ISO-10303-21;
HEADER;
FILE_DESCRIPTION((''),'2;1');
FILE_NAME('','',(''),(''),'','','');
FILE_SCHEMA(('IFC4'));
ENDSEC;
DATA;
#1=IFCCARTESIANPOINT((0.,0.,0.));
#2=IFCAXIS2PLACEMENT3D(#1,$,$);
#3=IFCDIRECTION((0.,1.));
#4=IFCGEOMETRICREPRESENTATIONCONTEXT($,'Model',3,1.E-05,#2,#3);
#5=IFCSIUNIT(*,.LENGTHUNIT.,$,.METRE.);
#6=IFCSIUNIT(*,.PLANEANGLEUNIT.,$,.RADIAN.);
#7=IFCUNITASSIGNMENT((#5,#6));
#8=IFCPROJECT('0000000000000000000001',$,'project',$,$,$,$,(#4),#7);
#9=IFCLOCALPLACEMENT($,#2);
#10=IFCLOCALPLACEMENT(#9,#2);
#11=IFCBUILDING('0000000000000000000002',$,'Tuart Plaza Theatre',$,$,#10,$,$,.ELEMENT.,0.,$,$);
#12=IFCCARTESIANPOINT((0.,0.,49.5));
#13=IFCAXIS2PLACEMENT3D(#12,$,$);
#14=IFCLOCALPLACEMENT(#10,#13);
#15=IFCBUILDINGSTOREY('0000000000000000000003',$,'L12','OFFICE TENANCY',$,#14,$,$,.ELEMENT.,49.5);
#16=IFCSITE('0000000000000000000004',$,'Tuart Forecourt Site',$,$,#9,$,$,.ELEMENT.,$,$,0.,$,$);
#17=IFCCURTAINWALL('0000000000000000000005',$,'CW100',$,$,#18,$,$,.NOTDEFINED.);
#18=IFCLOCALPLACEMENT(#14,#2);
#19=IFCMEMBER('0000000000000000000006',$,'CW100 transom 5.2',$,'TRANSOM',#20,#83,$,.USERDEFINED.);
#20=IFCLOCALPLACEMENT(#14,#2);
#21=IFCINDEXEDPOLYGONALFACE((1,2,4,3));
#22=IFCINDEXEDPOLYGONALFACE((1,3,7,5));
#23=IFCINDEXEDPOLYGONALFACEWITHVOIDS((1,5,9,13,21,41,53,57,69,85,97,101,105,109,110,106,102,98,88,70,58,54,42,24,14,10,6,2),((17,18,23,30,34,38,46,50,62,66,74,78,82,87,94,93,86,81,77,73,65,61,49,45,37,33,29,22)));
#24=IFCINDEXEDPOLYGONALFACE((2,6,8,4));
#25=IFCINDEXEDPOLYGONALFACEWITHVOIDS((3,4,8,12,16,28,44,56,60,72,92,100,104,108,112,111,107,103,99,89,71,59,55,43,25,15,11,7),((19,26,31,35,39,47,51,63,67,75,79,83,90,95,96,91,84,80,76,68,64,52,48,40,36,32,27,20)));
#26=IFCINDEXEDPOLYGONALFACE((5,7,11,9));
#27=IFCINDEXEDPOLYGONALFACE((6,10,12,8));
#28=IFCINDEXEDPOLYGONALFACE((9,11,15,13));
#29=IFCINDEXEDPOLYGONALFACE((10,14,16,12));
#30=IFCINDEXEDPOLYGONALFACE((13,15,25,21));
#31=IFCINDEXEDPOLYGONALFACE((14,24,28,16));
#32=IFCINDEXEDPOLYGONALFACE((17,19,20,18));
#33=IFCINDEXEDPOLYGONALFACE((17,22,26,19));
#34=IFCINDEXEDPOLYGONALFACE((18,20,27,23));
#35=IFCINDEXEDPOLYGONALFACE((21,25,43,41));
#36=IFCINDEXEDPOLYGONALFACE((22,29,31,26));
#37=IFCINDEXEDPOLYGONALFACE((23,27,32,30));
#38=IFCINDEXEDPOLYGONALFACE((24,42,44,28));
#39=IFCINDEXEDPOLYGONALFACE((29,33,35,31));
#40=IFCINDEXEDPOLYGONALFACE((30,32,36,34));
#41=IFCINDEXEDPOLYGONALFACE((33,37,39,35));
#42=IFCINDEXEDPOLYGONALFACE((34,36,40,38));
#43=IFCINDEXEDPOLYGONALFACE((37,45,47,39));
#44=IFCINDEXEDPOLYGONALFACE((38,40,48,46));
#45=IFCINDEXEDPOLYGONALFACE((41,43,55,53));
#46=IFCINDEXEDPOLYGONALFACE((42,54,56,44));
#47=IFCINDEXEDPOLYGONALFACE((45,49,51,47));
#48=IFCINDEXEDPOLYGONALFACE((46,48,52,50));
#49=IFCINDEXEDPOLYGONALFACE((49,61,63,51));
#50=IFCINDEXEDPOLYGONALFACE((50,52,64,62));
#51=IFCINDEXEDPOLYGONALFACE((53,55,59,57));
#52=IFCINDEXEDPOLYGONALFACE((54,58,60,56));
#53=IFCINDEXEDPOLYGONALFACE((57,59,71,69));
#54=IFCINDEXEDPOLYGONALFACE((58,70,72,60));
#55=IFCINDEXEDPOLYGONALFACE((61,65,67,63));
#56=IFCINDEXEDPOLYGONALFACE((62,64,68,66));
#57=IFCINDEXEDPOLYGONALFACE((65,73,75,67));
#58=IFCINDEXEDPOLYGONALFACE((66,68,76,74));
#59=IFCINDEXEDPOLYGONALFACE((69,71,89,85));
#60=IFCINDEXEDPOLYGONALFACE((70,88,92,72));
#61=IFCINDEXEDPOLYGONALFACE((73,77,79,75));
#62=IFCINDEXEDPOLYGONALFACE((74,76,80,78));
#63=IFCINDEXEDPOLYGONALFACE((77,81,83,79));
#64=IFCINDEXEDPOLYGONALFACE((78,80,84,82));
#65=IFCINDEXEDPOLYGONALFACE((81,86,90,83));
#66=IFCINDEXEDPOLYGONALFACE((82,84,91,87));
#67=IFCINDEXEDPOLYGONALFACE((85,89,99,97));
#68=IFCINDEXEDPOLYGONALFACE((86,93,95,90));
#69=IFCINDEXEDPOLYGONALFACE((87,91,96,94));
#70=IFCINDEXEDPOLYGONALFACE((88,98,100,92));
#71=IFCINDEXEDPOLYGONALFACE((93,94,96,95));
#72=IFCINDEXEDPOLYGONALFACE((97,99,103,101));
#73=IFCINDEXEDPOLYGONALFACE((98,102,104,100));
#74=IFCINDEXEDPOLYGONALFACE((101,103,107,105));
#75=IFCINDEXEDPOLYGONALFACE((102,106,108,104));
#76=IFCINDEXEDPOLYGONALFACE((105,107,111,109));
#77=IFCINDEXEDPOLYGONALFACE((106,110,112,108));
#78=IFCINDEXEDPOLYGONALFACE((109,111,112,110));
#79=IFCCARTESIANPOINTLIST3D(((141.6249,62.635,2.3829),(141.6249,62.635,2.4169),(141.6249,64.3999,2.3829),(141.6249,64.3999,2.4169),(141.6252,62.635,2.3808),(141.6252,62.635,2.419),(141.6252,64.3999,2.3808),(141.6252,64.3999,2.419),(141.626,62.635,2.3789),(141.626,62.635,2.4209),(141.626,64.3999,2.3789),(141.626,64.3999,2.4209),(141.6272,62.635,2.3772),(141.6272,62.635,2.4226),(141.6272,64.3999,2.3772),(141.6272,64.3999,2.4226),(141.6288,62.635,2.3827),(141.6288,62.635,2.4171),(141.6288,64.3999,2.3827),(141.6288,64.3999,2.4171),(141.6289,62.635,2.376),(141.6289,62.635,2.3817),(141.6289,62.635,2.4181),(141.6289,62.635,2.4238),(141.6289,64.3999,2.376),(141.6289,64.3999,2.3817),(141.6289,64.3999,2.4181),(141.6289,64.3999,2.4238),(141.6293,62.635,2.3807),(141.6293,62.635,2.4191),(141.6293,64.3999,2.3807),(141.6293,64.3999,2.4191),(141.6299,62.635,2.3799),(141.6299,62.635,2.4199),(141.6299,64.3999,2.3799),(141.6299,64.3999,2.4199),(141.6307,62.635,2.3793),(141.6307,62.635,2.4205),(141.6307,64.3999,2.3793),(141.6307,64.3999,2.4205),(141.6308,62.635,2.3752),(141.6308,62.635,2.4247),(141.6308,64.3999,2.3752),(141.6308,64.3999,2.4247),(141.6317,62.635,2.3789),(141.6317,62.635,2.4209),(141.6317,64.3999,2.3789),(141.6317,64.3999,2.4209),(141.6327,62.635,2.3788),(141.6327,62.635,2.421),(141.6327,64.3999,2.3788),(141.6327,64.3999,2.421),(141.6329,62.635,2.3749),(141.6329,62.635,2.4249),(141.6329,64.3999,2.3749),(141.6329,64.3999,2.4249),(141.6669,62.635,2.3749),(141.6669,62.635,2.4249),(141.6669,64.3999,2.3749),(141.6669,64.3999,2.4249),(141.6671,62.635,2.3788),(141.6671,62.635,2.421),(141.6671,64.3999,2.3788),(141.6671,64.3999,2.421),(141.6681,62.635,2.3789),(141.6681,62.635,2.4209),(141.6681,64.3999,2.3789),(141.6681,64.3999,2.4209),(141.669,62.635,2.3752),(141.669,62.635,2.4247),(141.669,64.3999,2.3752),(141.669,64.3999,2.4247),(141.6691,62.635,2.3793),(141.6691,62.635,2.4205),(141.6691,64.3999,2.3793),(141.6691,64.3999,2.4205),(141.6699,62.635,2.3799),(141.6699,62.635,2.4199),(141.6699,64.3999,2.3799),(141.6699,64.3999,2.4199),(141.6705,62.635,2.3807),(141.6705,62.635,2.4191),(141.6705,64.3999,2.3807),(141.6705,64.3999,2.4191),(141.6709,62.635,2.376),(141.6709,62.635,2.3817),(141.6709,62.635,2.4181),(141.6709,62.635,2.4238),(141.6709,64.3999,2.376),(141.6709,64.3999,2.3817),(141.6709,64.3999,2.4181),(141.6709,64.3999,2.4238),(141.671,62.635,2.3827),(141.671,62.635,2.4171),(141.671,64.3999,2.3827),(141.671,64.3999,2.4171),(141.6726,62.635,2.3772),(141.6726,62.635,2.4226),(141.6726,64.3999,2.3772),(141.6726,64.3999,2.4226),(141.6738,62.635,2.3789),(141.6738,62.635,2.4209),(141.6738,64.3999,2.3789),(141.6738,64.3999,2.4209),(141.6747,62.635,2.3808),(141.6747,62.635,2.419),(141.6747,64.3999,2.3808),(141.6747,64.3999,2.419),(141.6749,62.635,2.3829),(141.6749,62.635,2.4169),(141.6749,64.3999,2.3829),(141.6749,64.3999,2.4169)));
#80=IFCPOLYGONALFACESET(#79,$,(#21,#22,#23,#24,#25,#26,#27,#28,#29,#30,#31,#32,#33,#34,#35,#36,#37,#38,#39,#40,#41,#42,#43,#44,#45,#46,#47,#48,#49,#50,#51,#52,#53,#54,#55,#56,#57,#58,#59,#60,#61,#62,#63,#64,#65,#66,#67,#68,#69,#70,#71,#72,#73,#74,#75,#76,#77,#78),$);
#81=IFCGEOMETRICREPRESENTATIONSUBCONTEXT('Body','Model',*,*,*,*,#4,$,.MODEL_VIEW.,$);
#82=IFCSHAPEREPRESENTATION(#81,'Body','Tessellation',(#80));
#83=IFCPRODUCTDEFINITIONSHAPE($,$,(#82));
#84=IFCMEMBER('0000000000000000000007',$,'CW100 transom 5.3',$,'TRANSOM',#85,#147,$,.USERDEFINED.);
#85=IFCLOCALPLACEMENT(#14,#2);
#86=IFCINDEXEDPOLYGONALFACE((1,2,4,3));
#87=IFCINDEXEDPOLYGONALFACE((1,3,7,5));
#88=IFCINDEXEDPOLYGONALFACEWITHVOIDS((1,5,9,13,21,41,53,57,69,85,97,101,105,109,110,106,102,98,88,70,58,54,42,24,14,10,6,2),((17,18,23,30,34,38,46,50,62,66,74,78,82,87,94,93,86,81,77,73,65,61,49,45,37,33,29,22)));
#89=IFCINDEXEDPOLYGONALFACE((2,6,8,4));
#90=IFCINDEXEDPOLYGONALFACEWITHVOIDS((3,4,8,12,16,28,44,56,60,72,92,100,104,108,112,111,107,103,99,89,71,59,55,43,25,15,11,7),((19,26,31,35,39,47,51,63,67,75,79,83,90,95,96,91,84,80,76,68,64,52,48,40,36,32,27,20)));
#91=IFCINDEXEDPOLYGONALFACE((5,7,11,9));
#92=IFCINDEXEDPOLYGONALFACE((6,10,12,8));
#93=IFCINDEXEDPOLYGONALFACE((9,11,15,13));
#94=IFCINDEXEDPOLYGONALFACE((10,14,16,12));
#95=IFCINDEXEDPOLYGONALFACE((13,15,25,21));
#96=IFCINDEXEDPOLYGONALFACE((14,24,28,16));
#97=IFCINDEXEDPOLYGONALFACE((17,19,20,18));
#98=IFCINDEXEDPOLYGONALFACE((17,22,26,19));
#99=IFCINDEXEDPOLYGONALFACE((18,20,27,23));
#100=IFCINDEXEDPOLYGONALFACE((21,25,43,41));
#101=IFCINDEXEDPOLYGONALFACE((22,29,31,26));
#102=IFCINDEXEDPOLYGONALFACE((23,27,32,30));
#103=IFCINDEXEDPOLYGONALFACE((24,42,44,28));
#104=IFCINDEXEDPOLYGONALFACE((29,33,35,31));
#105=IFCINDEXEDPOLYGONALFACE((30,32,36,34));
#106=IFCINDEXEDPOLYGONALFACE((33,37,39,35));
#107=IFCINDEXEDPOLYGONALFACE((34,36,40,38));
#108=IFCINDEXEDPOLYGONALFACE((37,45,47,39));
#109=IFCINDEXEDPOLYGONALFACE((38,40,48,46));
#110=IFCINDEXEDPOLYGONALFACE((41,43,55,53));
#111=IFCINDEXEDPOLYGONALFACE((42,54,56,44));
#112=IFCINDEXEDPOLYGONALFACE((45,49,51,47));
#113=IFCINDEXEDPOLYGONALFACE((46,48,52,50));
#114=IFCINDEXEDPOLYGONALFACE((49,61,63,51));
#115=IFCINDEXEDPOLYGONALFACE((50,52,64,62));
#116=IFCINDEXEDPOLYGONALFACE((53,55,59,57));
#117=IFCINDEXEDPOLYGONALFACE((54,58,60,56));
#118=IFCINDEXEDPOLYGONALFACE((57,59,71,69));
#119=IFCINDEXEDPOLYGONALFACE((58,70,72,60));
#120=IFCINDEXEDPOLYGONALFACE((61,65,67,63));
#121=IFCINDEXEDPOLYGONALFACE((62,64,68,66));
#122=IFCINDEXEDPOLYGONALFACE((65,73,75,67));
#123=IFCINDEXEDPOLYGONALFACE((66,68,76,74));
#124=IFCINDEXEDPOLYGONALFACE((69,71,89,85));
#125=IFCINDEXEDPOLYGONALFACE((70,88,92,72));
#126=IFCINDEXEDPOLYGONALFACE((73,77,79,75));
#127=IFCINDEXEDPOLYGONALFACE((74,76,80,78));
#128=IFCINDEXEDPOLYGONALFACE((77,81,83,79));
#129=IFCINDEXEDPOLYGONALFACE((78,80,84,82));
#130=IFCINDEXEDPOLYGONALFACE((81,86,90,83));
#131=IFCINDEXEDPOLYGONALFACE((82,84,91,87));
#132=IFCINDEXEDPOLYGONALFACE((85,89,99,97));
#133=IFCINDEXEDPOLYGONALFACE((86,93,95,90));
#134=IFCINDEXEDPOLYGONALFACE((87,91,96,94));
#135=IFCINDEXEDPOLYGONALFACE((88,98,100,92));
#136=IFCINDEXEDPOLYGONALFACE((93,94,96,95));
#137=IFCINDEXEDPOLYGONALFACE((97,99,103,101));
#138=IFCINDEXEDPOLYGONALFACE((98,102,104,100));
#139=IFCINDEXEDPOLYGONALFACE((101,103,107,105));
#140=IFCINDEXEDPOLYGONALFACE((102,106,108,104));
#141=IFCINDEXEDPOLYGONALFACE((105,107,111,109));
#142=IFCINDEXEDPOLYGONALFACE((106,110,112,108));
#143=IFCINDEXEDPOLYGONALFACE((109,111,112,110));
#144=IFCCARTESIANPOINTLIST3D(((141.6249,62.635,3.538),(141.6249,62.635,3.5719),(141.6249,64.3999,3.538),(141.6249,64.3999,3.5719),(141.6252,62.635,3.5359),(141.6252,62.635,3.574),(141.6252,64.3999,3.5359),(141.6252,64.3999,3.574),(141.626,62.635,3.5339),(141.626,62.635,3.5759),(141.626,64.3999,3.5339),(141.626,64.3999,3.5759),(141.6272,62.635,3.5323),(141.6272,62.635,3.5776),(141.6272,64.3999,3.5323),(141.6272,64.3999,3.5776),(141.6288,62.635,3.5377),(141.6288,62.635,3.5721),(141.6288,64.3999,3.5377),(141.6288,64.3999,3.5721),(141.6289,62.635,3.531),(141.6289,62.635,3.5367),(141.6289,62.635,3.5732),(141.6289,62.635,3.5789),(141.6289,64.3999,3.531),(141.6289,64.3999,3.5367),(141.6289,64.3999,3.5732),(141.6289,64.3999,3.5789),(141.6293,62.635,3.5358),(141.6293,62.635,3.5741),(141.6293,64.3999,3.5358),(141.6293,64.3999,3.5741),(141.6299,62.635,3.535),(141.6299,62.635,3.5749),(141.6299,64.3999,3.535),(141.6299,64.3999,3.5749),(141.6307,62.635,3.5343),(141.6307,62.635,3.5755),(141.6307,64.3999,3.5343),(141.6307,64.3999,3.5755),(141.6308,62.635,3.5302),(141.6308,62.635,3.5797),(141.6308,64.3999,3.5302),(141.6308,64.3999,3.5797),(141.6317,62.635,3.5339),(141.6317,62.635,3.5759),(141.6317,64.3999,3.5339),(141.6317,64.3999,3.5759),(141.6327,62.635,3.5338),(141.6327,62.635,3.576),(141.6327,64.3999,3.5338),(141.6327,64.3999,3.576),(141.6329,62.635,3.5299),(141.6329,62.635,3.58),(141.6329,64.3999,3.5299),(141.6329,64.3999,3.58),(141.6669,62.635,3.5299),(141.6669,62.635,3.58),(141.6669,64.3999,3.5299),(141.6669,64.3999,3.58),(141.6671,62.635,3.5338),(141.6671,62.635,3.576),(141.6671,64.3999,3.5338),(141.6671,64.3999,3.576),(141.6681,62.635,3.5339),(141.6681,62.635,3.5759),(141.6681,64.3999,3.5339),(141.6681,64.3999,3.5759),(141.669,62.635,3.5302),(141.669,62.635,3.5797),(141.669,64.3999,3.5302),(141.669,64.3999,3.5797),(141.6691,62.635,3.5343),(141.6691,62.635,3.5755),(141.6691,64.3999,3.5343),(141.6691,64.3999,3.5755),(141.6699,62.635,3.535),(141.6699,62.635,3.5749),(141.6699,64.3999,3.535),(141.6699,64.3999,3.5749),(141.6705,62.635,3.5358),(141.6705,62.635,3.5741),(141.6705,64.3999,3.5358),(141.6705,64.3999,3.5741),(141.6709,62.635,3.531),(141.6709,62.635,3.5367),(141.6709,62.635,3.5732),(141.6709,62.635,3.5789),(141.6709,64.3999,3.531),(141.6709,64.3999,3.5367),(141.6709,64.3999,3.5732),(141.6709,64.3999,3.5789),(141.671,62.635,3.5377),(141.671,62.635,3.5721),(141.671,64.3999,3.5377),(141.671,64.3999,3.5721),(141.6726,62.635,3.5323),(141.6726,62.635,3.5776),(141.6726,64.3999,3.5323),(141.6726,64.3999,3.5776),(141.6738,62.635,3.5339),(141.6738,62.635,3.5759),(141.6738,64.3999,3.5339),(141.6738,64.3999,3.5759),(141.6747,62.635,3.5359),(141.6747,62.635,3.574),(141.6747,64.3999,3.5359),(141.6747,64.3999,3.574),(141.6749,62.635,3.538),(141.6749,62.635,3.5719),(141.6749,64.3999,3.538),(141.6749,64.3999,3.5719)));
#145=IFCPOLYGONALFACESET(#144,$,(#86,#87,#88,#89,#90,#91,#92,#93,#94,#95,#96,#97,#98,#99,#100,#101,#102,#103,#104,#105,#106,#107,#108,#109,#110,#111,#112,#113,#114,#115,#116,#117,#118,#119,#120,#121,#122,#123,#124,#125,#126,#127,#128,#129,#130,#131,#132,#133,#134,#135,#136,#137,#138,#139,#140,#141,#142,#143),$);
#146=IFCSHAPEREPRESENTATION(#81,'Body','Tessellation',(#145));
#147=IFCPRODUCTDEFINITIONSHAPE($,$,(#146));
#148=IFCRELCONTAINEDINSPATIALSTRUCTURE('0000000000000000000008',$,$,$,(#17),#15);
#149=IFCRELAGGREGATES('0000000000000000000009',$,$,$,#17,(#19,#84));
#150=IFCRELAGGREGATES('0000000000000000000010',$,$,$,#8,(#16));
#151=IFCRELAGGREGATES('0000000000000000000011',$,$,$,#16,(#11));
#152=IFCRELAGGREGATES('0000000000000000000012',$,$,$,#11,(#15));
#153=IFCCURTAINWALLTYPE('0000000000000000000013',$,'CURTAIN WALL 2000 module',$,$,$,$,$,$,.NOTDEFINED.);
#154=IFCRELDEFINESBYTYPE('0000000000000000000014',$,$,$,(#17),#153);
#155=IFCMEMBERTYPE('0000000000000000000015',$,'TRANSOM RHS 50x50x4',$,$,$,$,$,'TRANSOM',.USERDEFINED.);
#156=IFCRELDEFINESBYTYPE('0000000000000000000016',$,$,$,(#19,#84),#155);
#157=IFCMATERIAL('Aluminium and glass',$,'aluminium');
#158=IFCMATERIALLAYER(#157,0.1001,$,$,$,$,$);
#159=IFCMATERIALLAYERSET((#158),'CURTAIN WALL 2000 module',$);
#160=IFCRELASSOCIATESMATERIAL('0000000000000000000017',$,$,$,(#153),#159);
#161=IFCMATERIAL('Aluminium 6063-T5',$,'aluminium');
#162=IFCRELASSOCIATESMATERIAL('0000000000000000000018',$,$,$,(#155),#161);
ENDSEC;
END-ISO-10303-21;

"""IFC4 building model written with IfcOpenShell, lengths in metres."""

from ifc_helpers import new_model, si_unit, direction, frame, origin, origin_2d, place, context, subcontext, project, spatial, hollow_rectangle, extrude, material, layer, layer_set, material_profile, profile_set, type_object, element, aggregate, save


model = new_model("IFC4")

# Units and contexts
model_context = context("Model", 3, precision=1e-05, world=origin(), true_north=direction((0.0, 1.0)))
body_context = subcontext(model_context, "Body", "Model", "MODEL_VIEW")
ifc_project = project(units=[si_unit("LENGTHUNIT", "METRE"), si_unit("PLANEANGLEUNIT", "RADIAN")], contexts=[model_context])

# Site, building, storey
site_placement = place(None, origin())
site = spatial("IfcSite", under=ifc_project, at=site_placement, Name="Tuart Forecourt Site", CompositionType="ELEMENT", RefElevation=0.0)
building_placement = place(site_placement, origin())
building = spatial("IfcBuilding", under=site, at=building_placement, Name="Tuart Plaza Theatre", CompositionType="ELEMENT", ElevationOfRefHeight=0.0)
storey_placement = place(building_placement, frame((0.0, 0.0, 49.5)))
storey = spatial("IfcBuildingStorey", under=building, at=storey_placement, Name="L12", Description="OFFICE TENANCY", CompositionType="ELEMENT", Elevation=49.5)

# Curtain wall
ifc_material_1 = material(Name="Aluminium and glass", Category="aluminium")
ifc_layer_1 = layer(ifc_material_1, 0.1001)
ifc_layer_set_1 = layer_set([ifc_layer_1], Name="CURTAIN WALL 2000 module")
curtain_wall_type = type_object("IfcCurtainWallType", Name="CURTAIN WALL 2000 module", PredefinedType="NOTDEFINED", material=ifc_layer_set_1)
curtain_wall_1_placement = place(storey_placement, origin())
curtain_wall_1 = element("IfcCurtainWall", 1, at=curtain_wall_1_placement, inside=storey, type_object=curtain_wall_type, Name="CW100", PredefinedType="NOTDEFINED")

# Members
ifc_material_2 = material(Name="Aluminium 6063-T5", Category="aluminium")
ifc_material_profile_1 = material_profile(ifc_material_2, hollow_rectangle(XDim=0.05, YDim=0.05, WallThickness=0.0039, InnerFilletRadius=0.0039, OuterFilletRadius=0.0081, at=origin_2d()), Name="RHS 50x50x4")
ifc_profile_set_1 = profile_set([ifc_material_profile_1], Name="Aluminium 6063-T5")
member_type_1 = type_object("IfcMemberType", Name="TRANSOM RHS 50x50x4", ElementType="TRANSOM", PredefinedType="USERDEFINED", material=ifc_profile_set_1)
member_1_placement = place(storey_placement, frame((141.6499, 62.635, 2.3999), z_axis=(0.0, 1.0, 0.0), x_axis=(-1.0, 0.0, 0.0)))
member_1 = element("IfcMember", 2, at=member_1_placement, type_object=member_type_1, Name="CW100 transom 5.2", ObjectType="TRANSOM", PredefinedType="USERDEFINED", context=body_context, shape_type="SweptSolid", body=[
    extrude(hollow_rectangle(XDim=0.05, YDim=0.05, WallThickness=0.0039, InnerFilletRadius=0.0039, OuterFilletRadius=0.0081, at=origin_2d()), origin(), (0.0, 0.0, 1.0), 1.7649),
])
member_2_placement = place(storey_placement, frame((141.6499, 62.635, 3.5549), z_axis=(0.0, 1.0, 0.0), x_axis=(-1.0, 0.0, 0.0)))
member_2 = element("IfcMember", 3, at=member_2_placement, type_object=member_type_1, Name="CW100 transom 5.3", ObjectType="TRANSOM", PredefinedType="USERDEFINED", context=body_context, shape_type="SweptSolid", body=[
    extrude(hollow_rectangle(XDim=0.05, YDim=0.05, WallThickness=0.0039, InnerFilletRadius=0.0039, OuterFilletRadius=0.0081, at=origin_2d()), origin(), (0.0, 0.0, 1.0), 1.7649),
])

aggregate(curtain_wall_1, [member_1, member_2])

save(model, "model.ifc")
